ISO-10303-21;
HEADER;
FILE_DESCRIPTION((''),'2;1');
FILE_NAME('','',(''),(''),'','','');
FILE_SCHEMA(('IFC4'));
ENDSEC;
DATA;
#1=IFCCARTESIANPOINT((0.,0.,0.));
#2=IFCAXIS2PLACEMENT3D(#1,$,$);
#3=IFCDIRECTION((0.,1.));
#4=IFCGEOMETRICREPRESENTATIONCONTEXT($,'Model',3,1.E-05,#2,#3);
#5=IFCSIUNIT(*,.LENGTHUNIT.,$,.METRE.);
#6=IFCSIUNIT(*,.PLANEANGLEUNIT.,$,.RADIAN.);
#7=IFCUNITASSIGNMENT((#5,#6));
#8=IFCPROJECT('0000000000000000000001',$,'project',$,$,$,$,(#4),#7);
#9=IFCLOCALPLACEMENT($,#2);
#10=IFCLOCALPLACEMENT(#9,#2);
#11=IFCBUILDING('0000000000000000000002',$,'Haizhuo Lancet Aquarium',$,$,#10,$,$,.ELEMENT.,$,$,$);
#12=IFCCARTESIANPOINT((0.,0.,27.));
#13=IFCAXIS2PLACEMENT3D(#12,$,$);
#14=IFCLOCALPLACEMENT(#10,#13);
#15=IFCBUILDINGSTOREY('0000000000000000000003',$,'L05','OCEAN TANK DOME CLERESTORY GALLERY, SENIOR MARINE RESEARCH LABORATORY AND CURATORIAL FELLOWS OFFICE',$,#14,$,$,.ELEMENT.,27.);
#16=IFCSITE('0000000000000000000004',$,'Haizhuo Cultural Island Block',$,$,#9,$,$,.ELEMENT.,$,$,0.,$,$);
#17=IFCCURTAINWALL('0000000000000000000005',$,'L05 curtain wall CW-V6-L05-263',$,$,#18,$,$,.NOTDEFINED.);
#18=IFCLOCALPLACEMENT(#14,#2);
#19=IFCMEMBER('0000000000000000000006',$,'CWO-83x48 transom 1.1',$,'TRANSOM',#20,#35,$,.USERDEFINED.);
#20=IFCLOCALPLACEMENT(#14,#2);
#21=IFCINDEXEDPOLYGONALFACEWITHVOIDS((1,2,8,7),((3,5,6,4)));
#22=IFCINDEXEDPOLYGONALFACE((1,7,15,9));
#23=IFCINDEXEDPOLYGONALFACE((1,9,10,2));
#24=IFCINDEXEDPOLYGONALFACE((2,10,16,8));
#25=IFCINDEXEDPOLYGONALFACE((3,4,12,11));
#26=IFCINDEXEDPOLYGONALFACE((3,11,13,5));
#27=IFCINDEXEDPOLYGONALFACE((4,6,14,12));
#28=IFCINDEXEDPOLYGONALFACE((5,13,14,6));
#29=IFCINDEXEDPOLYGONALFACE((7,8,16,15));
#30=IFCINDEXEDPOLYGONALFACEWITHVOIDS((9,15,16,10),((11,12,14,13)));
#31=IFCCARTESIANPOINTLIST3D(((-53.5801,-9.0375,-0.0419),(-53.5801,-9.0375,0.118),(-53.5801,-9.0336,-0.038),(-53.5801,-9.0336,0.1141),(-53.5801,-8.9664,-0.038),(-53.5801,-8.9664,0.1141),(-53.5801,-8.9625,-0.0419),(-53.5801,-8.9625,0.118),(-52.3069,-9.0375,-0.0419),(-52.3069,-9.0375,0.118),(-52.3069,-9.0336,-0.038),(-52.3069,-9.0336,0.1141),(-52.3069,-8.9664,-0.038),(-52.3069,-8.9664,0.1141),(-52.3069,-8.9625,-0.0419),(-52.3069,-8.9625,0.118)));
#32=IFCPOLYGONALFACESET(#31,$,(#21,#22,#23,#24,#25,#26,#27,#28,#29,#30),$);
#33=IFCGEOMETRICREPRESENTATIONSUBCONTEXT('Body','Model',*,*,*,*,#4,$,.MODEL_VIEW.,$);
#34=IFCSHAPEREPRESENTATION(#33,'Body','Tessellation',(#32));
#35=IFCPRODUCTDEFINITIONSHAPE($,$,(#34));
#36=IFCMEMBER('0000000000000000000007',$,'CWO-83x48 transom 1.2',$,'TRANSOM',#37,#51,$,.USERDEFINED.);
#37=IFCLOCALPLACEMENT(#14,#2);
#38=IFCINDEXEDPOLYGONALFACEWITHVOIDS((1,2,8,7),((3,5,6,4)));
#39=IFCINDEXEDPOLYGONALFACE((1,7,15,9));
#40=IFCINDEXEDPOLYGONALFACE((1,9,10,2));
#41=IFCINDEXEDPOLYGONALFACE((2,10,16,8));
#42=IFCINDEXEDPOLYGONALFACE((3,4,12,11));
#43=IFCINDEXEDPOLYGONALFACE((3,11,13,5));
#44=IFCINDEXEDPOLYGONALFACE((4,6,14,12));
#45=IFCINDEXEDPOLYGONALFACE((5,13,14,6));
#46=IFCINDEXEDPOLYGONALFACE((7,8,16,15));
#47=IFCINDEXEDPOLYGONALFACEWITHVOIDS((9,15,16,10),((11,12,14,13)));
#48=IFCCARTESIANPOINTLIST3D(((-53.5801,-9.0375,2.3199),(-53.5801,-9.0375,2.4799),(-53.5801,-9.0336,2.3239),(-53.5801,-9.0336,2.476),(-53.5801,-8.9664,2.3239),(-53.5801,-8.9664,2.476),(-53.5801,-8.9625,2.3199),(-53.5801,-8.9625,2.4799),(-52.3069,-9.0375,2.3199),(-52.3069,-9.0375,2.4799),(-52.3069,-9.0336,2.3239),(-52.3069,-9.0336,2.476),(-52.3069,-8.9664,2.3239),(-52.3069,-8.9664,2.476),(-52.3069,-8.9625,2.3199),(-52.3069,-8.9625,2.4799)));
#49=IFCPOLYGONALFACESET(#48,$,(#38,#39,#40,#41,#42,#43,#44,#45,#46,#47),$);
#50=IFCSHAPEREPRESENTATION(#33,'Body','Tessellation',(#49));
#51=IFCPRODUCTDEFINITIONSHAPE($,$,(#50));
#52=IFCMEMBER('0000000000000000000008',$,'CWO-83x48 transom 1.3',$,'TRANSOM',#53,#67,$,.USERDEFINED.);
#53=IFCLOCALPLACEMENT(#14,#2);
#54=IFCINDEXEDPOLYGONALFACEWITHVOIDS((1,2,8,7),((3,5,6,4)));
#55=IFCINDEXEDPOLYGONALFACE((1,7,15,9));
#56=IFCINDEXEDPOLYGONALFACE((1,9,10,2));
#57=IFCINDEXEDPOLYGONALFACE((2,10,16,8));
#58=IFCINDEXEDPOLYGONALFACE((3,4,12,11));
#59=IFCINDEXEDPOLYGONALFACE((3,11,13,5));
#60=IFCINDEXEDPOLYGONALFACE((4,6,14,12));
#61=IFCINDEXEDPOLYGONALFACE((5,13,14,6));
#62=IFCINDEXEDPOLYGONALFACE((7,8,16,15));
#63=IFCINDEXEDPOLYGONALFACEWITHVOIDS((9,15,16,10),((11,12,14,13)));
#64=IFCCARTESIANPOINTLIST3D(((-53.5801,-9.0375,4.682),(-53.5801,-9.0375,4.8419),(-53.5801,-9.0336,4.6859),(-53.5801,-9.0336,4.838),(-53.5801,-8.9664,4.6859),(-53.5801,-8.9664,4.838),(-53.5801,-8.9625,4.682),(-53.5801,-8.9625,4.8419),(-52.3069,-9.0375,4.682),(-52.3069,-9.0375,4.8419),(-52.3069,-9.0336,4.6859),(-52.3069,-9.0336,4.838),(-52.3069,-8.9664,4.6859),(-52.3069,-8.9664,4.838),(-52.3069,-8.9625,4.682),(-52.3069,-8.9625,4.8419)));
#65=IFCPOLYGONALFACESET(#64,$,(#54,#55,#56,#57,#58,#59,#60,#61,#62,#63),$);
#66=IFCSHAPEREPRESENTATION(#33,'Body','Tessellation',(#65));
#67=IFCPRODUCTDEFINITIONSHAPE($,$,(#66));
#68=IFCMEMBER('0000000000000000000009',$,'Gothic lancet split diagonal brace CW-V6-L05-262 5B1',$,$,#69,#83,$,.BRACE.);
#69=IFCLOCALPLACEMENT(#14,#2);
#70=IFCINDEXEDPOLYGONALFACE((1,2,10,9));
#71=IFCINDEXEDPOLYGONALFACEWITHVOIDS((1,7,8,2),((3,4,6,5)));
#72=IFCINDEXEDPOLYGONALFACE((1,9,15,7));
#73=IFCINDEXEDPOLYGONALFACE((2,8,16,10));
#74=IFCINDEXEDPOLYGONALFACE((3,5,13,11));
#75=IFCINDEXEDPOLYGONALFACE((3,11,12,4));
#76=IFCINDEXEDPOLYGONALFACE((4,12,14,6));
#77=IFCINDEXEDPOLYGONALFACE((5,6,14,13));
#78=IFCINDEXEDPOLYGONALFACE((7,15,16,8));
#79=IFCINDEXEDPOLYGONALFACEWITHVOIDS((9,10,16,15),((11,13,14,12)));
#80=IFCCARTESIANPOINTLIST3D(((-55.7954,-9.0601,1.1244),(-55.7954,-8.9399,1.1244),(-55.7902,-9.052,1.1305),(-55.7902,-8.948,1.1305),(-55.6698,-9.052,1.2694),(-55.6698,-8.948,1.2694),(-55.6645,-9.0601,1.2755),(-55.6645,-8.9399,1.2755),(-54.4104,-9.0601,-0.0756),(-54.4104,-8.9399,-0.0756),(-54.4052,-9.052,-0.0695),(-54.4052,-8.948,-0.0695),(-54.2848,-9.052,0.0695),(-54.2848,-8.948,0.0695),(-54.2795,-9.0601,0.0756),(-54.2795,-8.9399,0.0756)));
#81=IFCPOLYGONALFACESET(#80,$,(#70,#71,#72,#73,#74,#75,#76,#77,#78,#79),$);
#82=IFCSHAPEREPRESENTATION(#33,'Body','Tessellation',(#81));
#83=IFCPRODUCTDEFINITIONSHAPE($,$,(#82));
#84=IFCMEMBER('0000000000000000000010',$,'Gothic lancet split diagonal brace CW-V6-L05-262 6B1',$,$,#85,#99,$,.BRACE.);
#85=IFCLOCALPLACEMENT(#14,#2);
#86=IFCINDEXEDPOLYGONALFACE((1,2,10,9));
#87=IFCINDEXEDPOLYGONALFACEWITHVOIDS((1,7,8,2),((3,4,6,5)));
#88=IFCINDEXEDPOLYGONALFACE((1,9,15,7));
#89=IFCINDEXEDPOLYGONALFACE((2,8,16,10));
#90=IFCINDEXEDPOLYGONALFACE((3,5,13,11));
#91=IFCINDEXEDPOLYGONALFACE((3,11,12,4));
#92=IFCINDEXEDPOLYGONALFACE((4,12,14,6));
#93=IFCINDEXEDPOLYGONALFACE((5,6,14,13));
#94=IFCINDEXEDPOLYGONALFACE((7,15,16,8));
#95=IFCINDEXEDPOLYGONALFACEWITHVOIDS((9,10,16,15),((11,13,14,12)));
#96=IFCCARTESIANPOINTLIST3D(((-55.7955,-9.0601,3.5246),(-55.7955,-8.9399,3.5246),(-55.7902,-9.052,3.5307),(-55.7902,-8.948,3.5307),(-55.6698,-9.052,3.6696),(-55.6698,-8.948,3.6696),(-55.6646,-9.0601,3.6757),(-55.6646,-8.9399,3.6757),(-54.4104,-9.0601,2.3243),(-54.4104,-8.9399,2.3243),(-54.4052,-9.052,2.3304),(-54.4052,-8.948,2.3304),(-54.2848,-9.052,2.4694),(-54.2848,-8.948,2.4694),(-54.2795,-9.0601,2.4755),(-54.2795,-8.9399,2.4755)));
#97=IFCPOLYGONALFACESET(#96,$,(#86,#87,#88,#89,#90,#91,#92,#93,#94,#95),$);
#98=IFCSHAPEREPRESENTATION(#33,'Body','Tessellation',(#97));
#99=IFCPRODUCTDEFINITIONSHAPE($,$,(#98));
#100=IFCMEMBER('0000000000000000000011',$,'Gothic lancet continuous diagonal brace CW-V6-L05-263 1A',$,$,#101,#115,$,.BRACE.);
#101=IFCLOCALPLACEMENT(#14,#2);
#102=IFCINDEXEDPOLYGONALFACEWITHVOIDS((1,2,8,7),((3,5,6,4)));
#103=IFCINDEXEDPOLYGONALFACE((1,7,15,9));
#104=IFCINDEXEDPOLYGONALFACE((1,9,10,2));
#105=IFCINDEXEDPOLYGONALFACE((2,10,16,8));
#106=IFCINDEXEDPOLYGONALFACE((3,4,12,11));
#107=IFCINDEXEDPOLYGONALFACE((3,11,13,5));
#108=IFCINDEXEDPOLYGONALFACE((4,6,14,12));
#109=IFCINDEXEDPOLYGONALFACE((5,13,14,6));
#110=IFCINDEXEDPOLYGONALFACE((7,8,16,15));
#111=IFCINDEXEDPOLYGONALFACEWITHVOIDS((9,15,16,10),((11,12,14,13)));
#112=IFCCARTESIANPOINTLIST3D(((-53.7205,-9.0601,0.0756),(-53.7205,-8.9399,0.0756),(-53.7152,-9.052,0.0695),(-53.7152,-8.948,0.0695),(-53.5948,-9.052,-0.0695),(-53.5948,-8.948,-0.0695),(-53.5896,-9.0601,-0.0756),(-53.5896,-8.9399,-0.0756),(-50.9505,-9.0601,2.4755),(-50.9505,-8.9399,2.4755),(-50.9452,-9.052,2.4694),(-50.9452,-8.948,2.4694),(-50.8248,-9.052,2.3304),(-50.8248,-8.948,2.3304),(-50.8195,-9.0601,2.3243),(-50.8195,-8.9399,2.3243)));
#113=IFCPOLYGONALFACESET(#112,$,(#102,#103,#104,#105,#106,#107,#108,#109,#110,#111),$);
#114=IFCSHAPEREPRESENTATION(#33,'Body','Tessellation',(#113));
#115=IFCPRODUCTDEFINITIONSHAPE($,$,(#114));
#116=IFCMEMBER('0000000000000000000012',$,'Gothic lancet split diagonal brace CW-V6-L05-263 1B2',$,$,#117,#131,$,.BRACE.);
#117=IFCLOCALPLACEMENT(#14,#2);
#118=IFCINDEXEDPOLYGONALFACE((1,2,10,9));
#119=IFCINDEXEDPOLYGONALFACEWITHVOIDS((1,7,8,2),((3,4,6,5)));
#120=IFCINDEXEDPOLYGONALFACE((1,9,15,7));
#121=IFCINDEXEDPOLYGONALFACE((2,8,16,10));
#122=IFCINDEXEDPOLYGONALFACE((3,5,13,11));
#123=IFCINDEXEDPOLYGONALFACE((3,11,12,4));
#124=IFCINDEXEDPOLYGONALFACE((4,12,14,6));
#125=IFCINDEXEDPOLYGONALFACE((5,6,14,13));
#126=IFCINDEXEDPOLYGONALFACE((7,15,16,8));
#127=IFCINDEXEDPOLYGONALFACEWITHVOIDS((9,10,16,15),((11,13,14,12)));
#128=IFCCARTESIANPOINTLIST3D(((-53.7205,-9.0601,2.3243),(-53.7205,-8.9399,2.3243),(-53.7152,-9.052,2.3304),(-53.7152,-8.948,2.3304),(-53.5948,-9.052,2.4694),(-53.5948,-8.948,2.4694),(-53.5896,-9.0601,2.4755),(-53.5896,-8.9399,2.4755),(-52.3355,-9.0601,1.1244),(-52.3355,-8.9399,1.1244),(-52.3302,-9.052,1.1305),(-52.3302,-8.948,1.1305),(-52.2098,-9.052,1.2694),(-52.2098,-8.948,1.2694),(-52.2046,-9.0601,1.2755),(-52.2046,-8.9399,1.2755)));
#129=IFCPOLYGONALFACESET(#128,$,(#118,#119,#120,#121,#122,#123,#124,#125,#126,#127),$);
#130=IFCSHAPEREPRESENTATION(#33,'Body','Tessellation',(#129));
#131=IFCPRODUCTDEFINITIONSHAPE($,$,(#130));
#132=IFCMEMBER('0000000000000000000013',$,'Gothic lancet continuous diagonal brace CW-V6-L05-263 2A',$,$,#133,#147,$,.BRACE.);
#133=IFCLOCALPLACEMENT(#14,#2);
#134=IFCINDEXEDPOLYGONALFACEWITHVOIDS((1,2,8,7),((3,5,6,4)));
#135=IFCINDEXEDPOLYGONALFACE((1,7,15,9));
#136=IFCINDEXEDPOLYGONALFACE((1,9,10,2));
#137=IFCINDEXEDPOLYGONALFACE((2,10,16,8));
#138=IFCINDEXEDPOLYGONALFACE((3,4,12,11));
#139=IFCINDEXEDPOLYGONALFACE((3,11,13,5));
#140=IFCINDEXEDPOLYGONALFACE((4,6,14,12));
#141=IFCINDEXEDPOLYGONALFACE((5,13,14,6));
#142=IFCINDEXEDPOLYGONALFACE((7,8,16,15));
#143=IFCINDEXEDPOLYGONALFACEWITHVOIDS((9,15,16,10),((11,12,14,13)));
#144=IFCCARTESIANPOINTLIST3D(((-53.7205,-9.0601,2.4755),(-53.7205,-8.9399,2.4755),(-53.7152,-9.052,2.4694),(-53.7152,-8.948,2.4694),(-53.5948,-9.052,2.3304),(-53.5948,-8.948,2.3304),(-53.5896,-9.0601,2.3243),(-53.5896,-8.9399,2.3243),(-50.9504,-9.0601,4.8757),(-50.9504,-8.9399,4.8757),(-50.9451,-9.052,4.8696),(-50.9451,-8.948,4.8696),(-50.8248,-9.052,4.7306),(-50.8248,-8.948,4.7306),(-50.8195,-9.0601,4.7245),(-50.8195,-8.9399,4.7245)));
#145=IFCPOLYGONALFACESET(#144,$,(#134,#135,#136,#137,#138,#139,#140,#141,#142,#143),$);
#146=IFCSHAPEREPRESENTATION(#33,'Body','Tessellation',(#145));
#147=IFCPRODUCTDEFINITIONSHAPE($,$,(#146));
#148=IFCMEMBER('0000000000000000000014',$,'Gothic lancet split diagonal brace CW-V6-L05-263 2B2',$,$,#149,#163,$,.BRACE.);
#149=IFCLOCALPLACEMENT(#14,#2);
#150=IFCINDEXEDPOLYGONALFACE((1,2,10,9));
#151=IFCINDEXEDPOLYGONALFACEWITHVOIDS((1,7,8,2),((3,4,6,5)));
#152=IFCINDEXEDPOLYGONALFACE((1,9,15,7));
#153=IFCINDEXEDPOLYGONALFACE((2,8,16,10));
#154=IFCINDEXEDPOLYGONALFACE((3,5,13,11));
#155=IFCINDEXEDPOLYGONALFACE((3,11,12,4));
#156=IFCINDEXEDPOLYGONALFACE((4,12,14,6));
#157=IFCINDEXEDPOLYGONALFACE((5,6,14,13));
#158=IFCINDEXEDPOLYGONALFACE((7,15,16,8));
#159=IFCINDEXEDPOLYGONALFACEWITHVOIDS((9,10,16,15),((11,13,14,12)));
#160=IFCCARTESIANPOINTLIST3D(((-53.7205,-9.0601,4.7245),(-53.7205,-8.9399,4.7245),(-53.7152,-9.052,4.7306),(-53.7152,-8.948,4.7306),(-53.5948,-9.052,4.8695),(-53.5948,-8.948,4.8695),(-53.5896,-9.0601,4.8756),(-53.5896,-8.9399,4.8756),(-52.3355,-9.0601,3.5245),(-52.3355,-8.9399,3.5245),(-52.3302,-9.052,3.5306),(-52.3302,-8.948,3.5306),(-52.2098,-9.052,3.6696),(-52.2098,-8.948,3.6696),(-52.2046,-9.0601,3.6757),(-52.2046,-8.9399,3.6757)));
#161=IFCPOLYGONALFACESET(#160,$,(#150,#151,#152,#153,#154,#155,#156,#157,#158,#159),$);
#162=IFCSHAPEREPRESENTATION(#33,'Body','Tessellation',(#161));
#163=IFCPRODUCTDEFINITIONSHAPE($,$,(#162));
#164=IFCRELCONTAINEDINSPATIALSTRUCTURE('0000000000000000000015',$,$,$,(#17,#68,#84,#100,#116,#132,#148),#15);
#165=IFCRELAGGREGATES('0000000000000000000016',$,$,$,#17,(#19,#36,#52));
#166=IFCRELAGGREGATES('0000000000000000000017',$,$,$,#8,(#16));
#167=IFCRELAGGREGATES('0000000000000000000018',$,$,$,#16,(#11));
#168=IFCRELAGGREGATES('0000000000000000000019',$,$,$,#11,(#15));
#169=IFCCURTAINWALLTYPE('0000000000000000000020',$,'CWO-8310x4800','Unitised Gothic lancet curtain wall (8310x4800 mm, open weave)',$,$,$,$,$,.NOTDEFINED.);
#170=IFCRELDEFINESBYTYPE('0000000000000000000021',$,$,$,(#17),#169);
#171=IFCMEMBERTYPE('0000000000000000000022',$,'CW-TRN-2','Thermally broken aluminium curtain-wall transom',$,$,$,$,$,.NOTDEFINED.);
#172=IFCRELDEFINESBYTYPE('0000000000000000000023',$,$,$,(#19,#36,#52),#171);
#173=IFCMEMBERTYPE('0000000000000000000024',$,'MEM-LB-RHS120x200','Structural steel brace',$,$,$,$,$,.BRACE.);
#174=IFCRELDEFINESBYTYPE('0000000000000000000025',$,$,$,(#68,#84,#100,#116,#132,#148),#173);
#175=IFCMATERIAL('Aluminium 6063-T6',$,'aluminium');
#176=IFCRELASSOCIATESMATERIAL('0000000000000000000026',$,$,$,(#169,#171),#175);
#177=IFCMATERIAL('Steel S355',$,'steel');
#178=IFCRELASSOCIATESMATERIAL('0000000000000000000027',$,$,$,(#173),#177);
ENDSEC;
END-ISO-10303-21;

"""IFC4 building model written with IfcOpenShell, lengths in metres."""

from ifc_helpers import new_model, si_unit, direction, frame, origin, origin_2d, place, context, subcontext, project, spatial, hollow_rectangle, extrude, material, material_profile, profile_set, type_object, element, aggregate, save


model = new_model("IFC4")

# Units and contexts
model_context = context("Model", 3, precision=1e-05, world=origin(), true_north=direction((0.0, 1.0)))
body_context = subcontext(model_context, "Body", "Model", "MODEL_VIEW")
ifc_project = project(units=[si_unit("LENGTHUNIT", "METRE"), si_unit("PLANEANGLEUNIT", "RADIAN")], contexts=[model_context])

# Site, building, storey
site_placement = place(None, origin())
site = spatial("IfcSite", under=ifc_project, at=site_placement, Name="Haizhuo Cultural Island Block", CompositionType="ELEMENT", RefElevation=0.0)
building_placement = place(site_placement, origin())
building = spatial("IfcBuilding", under=site, at=building_placement, Name="Haizhuo Lancet Aquarium", CompositionType="ELEMENT")
storey_placement = place(building_placement, frame((0.0, 0.0, 27.0)))
storey = spatial("IfcBuildingStorey", under=building, at=storey_placement, Name="L05", Description="OCEAN TANK DOME CLERESTORY GALLERY, SENIOR MARINE RESEARCH LABORATORY AND CURATORIAL FELLOWS OFFICE", CompositionType="ELEMENT", Elevation=27.0)

# Shared definitions
ifc_material_1 = material(Name="Steel S355", Category="steel")

# Shared definitions
ifc_material_2 = material(Name="Aluminium 6063-T6", Category="aluminium")
curtain_wall_type = type_object("IfcCurtainWallType", Name="CWO-8310x4800", Description="Unitised Gothic lancet curtain wall (8310x4800 mm, open weave)", PredefinedType="NOTDEFINED", material=ifc_material_2)

# Curtain wall
curtain_wall_1_placement = place(storey_placement, origin())
curtain_wall_1 = element("IfcCurtainWall", 1, at=curtain_wall_1_placement, inside=storey, type_object=curtain_wall_type, Name="L05 curtain wall CW-V6-L05-263", PredefinedType="NOTDEFINED")

# Members
ifc_material_profile_1 = material_profile(ifc_material_2, hollow_rectangle(XDim=0.075, YDim=0.1599, WallThickness=0.0039, at=origin_2d()), Name="ALU-T 75x160x4")
ifc_profile_set_1 = profile_set([ifc_material_profile_1], Name="Aluminium 6063-T6")
member_type_1 = type_object("IfcMemberType", Name="CW-TRN-2", Description="Thermally broken aluminium curtain-wall transom", PredefinedType="NOTDEFINED", material=ifc_profile_set_1)
member_1_placement = place(storey_placement, frame((-53.5801, -9.0, 0.0381), z_axis=(1.0, 0.0, 0.0), x_axis=(0.0, 1.0, 0.0)))
member_1 = element("IfcMember", 2, at=member_1_placement, type_object=member_type_1, Name="CWO-83x48 transom 1.1", ObjectType="TRANSOM", PredefinedType="USERDEFINED", context=body_context, shape_type="SweptSolid", body=[
    extrude(hollow_rectangle(XDim=0.075, YDim=0.1599, WallThickness=0.0039, at=origin_2d()), origin(), (0.0, 0.0, 1.0), 1.2732),
])
member_2_placement = place(storey_placement, frame((-53.5801, -9.0, 2.3999), z_axis=(1.0, 0.0, 0.0), x_axis=(0.0, 1.0, 0.0)))
member_2 = element("IfcMember", 3, at=member_2_placement, type_object=member_type_1, Name="CWO-83x48 transom 1.2", ObjectType="TRANSOM", PredefinedType="USERDEFINED", context=body_context, shape_type="SweptSolid", body=[
    extrude(hollow_rectangle(XDim=0.075, YDim=0.1599, WallThickness=0.0039, at=origin_2d()), origin(), (0.0, 0.0, 1.0), 1.2732),
])
member_3_placement = place(storey_placement, frame((-53.5801, -9.0, 4.762), z_axis=(1.0, 0.0, 0.0), x_axis=(0.0, 1.0, 0.0)))
member_3 = element("IfcMember", 4, at=member_3_placement, type_object=member_type_1, Name="CWO-83x48 transom 1.3", ObjectType="TRANSOM", PredefinedType="USERDEFINED", context=body_context, shape_type="SweptSolid", body=[
    extrude(hollow_rectangle(XDim=0.075, YDim=0.1599, WallThickness=0.0039, at=origin_2d()), origin(), (0.0, 0.0, 1.0), 1.2732),
])

# Members
ifc_material_profile_2 = material_profile(ifc_material_1, hollow_rectangle(XDim=0.1201, YDim=0.2, WallThickness=0.0081, at=origin_2d()), Name="RHS 120x200x8")
ifc_profile_set_2 = profile_set([ifc_material_profile_2], Name="Steel S355")
member_type_2 = type_object("IfcMemberType", Name="MEM-LB-RHS120x200", Description="Structural steel brace", PredefinedType="BRACE", material=ifc_profile_set_2)
member_4_placement = place(storey_placement, frame((-54.345, -9.0, 0.0), z_axis=(-0.755795, 0.0, 0.654809), x_axis=(0.0, -1.0, 0.0)))
element("IfcMember", 5, at=member_4_placement, inside=storey, type_object=member_type_2, Name="Gothic lancet split diagonal brace CW-V6-L05-262 5B1", PredefinedType="BRACE", context=body_context, shape_type="SweptSolid", body=[
    extrude(hollow_rectangle(XDim=0.1201, YDim=0.2, WallThickness=0.0081, at=origin_2d()), origin(), (0.0, 0.0, 1.0), 1.8325),
])
member_5_placement = place(storey_placement, frame((-54.345, -9.0, 2.3999), z_axis=(-0.755729, 0.0, 0.654885), x_axis=(0.0, -1.0, 0.0)))
element("IfcMember", 6, at=member_5_placement, inside=storey, type_object=member_type_2, Name="Gothic lancet split diagonal brace CW-V6-L05-262 6B1", PredefinedType="BRACE", context=body_context, shape_type="SweptSolid", body=[
    extrude(hollow_rectangle(XDim=0.1201, YDim=0.2, WallThickness=0.0081, at=origin_2d()), origin(), (0.0, 0.0, 1.0), 1.8328),
])
member_6_placement = place(storey_placement, frame((-53.655, -9.0, 0.0), z_axis=(0.755795, 0.0, 0.654809), x_axis=(0.0, 1.0, 0.0)))
element("IfcMember", 7, at=member_6_placement, inside=storey, type_object=member_type_2, Name="Gothic lancet continuous diagonal brace CW-V6-L05-263 1A", PredefinedType="BRACE", context=body_context, shape_type="SweptSolid", body=[
    extrude(hollow_rectangle(XDim=0.1201, YDim=0.2, WallThickness=0.0081, at=origin_2d()), origin(), (0.0, 0.0, 1.0), 3.665),
])
member_7_placement = place(storey_placement, frame((-52.27, -9.0, 1.2), z_axis=(-0.755795, 0.0, 0.654809), x_axis=(0.0, -1.0, 0.0)))
element("IfcMember", 8, at=member_7_placement, inside=storey, type_object=member_type_2, Name="Gothic lancet split diagonal brace CW-V6-L05-263 1B2", PredefinedType="BRACE", context=body_context, shape_type="SweptSolid", body=[
    extrude(hollow_rectangle(XDim=0.1201, YDim=0.2, WallThickness=0.0081, at=origin_2d()), origin(), (0.0, 0.0, 1.0), 1.8325),
])
member_8_placement = place(storey_placement, frame((-53.655, -9.0, 2.3999), z_axis=(0.755762, 0.0, 0.654847), x_axis=(0.0, 1.0, 0.0)))
element("IfcMember", 9, at=member_8_placement, inside=storey, type_object=member_type_2, Name="Gothic lancet continuous diagonal brace CW-V6-L05-263 2A", PredefinedType="BRACE", context=body_context, shape_type="SweptSolid", body=[
    extrude(hollow_rectangle(XDim=0.1201, YDim=0.2, WallThickness=0.0081, at=origin_2d()), origin(), (0.0, 0.0, 1.0), 3.6653),
])
member_9_placement = place(storey_placement, frame((-52.27, -9.0, 3.6001), z_axis=(-0.755795, 0.0, 0.654809), x_axis=(0.0, -1.0, 0.0)))
element("IfcMember", 10, at=member_9_placement, inside=storey, type_object=member_type_2, Name="Gothic lancet split diagonal brace CW-V6-L05-263 2B2", PredefinedType="BRACE", context=body_context, shape_type="SweptSolid", body=[
    extrude(hollow_rectangle(XDim=0.1201, YDim=0.2, WallThickness=0.0081, at=origin_2d()), origin(), (0.0, 0.0, 1.0), 1.8325),
])

aggregate(curtain_wall_1, [member_1, member_2, member_3])

save(model, "model.ifc")
